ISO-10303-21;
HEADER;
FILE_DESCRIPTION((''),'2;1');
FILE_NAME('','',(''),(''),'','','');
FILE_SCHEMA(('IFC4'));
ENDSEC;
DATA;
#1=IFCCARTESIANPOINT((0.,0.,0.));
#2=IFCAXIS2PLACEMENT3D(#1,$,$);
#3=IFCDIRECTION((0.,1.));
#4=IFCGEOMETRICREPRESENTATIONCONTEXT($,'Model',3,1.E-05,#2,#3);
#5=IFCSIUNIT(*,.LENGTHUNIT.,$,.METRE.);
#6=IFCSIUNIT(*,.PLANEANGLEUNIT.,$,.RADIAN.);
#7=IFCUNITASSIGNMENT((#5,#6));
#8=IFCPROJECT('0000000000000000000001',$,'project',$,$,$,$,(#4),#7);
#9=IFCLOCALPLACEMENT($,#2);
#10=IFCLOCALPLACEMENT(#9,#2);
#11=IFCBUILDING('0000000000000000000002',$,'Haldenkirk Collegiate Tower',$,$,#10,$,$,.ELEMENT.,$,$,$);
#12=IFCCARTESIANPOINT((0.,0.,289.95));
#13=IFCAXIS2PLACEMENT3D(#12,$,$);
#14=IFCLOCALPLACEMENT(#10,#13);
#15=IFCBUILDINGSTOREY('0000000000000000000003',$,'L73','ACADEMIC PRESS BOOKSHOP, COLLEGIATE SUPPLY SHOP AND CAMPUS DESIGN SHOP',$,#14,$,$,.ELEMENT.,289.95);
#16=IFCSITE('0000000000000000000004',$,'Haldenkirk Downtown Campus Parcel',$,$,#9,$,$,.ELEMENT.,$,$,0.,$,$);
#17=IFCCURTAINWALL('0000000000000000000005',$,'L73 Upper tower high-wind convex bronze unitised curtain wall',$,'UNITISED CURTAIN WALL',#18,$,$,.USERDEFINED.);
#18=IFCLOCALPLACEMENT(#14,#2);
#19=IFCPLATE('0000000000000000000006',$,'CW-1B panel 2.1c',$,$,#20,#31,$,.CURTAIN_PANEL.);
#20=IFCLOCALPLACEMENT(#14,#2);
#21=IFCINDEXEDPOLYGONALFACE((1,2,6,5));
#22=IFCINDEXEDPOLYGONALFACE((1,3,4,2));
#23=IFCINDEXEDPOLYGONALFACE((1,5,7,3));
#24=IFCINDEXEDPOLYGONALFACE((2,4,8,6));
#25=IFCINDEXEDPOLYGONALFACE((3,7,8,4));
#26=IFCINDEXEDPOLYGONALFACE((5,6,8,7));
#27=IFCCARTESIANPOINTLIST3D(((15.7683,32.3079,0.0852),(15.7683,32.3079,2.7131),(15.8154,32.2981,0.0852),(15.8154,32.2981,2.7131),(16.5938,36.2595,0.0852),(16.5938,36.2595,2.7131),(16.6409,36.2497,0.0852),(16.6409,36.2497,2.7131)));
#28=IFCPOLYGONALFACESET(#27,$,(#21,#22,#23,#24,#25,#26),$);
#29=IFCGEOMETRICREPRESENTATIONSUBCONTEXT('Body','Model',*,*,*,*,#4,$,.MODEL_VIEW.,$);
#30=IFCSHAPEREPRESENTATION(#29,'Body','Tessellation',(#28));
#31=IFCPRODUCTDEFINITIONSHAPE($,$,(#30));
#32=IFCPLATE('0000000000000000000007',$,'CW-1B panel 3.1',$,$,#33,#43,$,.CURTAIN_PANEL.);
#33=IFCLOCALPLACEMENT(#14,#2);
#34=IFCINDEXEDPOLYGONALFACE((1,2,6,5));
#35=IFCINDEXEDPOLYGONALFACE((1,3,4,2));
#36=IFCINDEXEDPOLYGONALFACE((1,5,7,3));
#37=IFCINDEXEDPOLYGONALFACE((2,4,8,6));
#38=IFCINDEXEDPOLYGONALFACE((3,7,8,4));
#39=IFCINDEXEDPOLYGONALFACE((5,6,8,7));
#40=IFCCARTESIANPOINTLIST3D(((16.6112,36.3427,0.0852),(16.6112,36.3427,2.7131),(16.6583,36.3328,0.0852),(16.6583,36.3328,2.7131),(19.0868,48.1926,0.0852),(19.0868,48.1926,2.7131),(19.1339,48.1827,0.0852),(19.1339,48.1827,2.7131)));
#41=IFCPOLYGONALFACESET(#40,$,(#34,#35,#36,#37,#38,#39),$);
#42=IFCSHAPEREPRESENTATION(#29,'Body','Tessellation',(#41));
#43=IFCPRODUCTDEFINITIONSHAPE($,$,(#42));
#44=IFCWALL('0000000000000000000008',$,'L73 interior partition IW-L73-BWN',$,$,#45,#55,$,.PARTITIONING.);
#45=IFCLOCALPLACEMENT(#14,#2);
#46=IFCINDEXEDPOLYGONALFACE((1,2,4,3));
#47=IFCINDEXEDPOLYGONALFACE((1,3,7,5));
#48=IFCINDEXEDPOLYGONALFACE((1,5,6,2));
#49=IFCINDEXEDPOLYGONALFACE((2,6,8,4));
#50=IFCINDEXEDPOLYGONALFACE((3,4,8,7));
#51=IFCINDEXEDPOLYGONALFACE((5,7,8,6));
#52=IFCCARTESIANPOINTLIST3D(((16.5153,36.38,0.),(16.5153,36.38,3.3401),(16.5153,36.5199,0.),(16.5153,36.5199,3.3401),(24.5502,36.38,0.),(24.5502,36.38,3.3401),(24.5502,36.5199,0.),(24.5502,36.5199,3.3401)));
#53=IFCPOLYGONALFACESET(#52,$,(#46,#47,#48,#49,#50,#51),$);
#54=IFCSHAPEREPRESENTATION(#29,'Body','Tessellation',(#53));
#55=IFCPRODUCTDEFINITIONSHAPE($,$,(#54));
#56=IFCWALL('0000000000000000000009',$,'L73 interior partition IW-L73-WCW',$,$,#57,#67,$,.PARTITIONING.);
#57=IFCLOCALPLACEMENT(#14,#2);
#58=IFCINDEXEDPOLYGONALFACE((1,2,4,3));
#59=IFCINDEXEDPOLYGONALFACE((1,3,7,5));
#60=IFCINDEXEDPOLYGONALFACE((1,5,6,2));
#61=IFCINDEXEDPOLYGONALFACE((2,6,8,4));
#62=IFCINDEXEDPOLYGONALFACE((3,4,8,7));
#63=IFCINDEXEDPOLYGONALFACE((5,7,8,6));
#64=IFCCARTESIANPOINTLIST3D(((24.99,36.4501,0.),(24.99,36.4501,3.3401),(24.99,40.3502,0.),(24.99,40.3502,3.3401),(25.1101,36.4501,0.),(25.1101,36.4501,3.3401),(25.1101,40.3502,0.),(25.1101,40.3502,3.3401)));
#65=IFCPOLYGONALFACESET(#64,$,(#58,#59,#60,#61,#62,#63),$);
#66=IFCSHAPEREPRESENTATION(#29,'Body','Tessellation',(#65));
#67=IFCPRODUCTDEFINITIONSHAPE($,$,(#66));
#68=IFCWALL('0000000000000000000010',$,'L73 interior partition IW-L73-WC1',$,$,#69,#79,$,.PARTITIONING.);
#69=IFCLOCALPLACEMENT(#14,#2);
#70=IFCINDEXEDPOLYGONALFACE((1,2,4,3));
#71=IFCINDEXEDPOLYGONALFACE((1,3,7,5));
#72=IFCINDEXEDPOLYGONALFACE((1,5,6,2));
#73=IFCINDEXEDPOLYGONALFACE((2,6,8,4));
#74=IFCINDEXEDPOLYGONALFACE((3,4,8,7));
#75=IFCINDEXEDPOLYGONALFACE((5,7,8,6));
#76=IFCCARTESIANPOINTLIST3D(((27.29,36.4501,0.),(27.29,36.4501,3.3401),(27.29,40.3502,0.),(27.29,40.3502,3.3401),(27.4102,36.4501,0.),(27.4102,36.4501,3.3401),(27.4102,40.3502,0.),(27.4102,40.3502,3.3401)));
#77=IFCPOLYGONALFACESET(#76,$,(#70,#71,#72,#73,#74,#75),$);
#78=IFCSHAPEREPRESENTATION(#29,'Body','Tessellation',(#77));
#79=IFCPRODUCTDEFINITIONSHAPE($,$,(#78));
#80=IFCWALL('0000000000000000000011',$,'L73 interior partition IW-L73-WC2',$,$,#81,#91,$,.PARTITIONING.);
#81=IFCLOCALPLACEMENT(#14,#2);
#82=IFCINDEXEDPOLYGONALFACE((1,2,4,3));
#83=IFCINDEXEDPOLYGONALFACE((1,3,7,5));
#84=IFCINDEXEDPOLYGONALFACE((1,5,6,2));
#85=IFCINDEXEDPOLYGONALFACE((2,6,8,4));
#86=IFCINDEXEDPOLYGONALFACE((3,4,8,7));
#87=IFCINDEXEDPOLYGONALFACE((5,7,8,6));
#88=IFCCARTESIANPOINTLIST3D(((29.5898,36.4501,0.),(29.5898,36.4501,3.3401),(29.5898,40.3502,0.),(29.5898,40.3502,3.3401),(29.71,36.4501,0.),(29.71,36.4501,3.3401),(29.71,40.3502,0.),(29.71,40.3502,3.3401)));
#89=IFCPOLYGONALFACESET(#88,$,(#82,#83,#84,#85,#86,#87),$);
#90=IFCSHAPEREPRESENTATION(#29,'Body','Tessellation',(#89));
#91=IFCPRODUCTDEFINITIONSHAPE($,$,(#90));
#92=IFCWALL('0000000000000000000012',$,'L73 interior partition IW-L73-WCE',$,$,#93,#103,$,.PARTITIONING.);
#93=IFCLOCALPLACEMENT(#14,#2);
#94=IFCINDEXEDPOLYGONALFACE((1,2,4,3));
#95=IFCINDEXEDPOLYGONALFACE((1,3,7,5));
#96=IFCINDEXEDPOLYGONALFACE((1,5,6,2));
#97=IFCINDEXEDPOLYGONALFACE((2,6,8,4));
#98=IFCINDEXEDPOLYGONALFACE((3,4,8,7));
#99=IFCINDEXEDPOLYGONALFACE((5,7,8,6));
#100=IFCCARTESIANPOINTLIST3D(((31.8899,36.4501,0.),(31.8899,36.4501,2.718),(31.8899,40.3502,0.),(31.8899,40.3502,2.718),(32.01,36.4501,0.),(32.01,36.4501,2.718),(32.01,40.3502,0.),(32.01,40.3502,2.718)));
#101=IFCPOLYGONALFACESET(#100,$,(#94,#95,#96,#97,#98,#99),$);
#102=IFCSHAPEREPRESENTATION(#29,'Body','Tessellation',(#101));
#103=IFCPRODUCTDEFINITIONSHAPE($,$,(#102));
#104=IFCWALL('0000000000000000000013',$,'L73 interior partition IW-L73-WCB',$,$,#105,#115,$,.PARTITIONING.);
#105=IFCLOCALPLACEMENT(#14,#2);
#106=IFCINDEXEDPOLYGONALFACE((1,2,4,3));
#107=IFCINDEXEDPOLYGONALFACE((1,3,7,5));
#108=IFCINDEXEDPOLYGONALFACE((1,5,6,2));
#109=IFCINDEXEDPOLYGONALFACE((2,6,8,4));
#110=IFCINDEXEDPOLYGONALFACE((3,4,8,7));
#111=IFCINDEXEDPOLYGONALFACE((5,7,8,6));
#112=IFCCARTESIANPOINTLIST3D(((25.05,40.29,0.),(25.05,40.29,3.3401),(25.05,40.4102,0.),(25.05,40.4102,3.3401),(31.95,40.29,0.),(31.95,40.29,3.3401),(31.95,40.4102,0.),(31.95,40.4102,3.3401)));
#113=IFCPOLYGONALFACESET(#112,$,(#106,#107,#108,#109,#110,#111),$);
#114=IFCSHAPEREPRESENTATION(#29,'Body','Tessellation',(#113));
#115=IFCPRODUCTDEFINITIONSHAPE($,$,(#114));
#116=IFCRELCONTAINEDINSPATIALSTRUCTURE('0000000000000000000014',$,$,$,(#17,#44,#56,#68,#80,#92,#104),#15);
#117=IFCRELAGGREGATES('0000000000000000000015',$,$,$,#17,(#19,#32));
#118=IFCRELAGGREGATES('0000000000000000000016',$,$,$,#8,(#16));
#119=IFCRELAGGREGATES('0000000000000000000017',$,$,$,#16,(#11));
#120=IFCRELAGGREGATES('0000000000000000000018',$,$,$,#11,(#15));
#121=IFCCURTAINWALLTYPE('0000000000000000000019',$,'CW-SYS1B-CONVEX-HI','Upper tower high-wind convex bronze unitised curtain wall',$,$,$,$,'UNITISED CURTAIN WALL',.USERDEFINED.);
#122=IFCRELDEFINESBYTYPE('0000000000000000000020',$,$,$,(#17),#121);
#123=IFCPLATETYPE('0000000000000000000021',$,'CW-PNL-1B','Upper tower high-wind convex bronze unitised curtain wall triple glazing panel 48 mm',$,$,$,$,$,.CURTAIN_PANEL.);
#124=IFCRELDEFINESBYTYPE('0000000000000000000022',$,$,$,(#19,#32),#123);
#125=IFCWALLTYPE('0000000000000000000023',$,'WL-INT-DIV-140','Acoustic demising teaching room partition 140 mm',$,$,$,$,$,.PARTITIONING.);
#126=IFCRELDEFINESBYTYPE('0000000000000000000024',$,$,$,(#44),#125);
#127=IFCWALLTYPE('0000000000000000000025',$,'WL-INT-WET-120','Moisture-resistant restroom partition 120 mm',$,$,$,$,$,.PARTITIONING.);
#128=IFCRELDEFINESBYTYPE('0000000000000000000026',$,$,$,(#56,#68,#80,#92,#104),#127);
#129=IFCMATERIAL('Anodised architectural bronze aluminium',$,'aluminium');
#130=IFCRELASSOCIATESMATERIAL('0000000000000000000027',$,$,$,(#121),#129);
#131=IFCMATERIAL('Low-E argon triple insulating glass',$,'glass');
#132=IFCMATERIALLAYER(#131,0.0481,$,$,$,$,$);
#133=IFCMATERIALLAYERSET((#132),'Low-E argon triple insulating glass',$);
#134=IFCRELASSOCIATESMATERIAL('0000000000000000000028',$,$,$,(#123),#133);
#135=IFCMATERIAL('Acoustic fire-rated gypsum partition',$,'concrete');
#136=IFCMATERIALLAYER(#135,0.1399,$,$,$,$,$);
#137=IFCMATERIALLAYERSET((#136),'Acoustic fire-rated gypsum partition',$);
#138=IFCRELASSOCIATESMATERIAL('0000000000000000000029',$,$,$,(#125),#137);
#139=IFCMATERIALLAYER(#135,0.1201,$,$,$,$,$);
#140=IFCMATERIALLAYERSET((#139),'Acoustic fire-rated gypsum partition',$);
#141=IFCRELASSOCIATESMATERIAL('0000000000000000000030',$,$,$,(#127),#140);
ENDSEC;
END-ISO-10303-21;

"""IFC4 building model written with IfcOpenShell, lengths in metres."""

from ifc_helpers import new_model, si_unit, direction, frame, frame_2d, origin, origin_2d, place, context, subcontext, project, spatial, rectangle, extrude, source, transform, mapped, material, layer, layer_set, type_object, element, aggregate, save


model = new_model("IFC4")

# Units and contexts
model_context = context("Model", 3, precision=1e-05, world=origin(), true_north=direction((0.0, 1.0)))
body_context = subcontext(model_context, "Body", "Model", "MODEL_VIEW")
ifc_project = project(units=[si_unit("LENGTHUNIT", "METRE"), si_unit("PLANEANGLEUNIT", "RADIAN")], contexts=[model_context])

# Site, building, storey
site_placement = place(None, origin())
site = spatial("IfcSite", under=ifc_project, at=site_placement, Name="Haldenkirk Downtown Campus Parcel", CompositionType="ELEMENT", RefElevation=0.0)
building_placement = place(site_placement, origin())
building = spatial("IfcBuilding", under=site, at=building_placement, Name="Haldenkirk Collegiate Tower", CompositionType="ELEMENT")
storey_placement = place(building_placement, frame((0.0, 0.0, 289.95)))
storey = spatial("IfcBuildingStorey", under=building, at=storey_placement, Name="L73", Description="ACADEMIC PRESS BOOKSHOP, COLLEGIATE SUPPLY SHOP AND CAMPUS DESIGN SHOP", CompositionType="ELEMENT", Elevation=289.95)

# Curtain wall, plates
ifc_material_1 = material(Name="Anodised architectural bronze aluminium", Category="aluminium")
curtain_wall_type = type_object("IfcCurtainWallType", Name="CW-SYS1B-CONVEX-HI", Description="Upper tower high-wind convex bronze unitised curtain wall", ElementType="UNITISED CURTAIN WALL", PredefinedType="USERDEFINED", material=ifc_material_1)
curtain_wall_placement = place(storey_placement, origin())
curtain_wall = element("IfcCurtainWall", 1, at=curtain_wall_placement, inside=storey, type_object=curtain_wall_type, Name="L73 Upper tower high-wind convex bronze unitised curtain wall", ObjectType="UNITISED CURTAIN WALL", PredefinedType="USERDEFINED")
ifc_material_2 = material(Name="Low-E argon triple insulating glass", Category="glass")
ifc_layer_1 = layer(ifc_material_2, 0.0481)
ifc_layer_set_1 = layer_set([ifc_layer_1], Name="Low-E argon triple insulating glass")
plate_type = type_object("IfcPlateType", Name="CW-PNL-1B", Description="Upper tower high-wind convex bronze unitised curtain wall triple glazing panel 48 mm", PredefinedType="CURTAIN_PANEL", material=ifc_layer_set_1)
shared_shape_1 = source(origin(), body_context, "Body", "SweptSolid", [
    extrude(rectangle(XDim=4.0369, YDim=0.0481, at=origin_2d()), origin(), (0.0, 0.0, 1.0), 2.6279),
])
plate_1_placement = place(storey_placement, frame((16.2046, 34.2788, 0.0852), z_axis=(0.0, 0.0, 1.0), x_axis=(0.204499, 0.978867, 0.0)))
plate_1 = element("IfcPlate", 2, at=plate_1_placement, type_object=plate_type, Name="CW-1B panel 2.1c", PredefinedType="CURTAIN_PANEL", context=body_context, shape_type="MappedRepresentation", body=[
    mapped(shared_shape_1, transform((0.0, 0.0, 0.0), x_axis=(1.0, 0.0, 0.0), y_axis=(0.0, 1.0, 0.0), z_axis=(0.0, 0.0, 1.0), scale=1.0)),
])
shared_shape_2 = source(origin(), body_context, "Body", "SweptSolid", [
    extrude(rectangle(XDim=12.1057, YDim=0.0481, at=origin_2d()), origin(), (0.0, 0.0, 1.0), 2.6279),
])
plate_2_placement = place(storey_placement, frame((17.8726, 42.2627, 0.0852), z_axis=(0.0, 0.0, 1.0), x_axis=(0.204499, 0.978867, 0.0)))
plate_2 = element("IfcPlate", 3, at=plate_2_placement, type_object=plate_type, Name="CW-1B panel 3.1", PredefinedType="CURTAIN_PANEL", context=body_context, shape_type="MappedRepresentation", body=[
    mapped(shared_shape_2, transform((0.0, 0.0, 0.0), x_axis=(1.0, 0.0, 0.0), y_axis=(0.0, 1.0, 0.0), z_axis=(0.0, 0.0, 1.0), scale=1.0)),
])
aggregate(curtain_wall, [plate_1, plate_2])

# Shared definitions
ifc_material_3 = material(Name="Acoustic fire-rated gypsum partition", Category="concrete")

# Walls
ifc_layer_2 = layer(ifc_material_3, 0.1399)
ifc_layer_set_2 = layer_set([ifc_layer_2], Name="Acoustic fire-rated gypsum partition")
wall_type_1 = type_object("IfcWallType", Name="WL-INT-DIV-140", Description="Acoustic demising teaching room partition 140 mm", PredefinedType="PARTITIONING", material=ifc_layer_set_2)
wall_1_placement = place(storey_placement, frame((16.5151, 36.45, 0.0), z_axis=(0.0, 0.0, 1.0), x_axis=(1.0, 0.0, 0.0)))
element("IfcWall", 4, at=wall_1_placement, inside=storey, type_object=wall_type_1, Name="L73 interior partition IW-L73-BWN", PredefinedType="PARTITIONING", context=body_context, shape_type="SweptSolid", body=[
    extrude(rectangle(XDim=8.0349, YDim=0.1399, at=frame_2d((4.0176, 0.0))), origin(), (0.0, 0.0, 1.0), 3.3401),
])
ifc_layer_3 = layer(ifc_material_3, 0.1201)
ifc_layer_set_3 = layer_set([ifc_layer_3], Name="Acoustic fire-rated gypsum partition")
wall_type_2 = type_object("IfcWallType", Name="WL-INT-WET-120", Description="Moisture-resistant restroom partition 120 mm", PredefinedType="PARTITIONING", material=ifc_layer_set_3)
for number, where, z_axis, x_axis, name in (
    (5, (25.05, 36.45, 0.0), (0.0, 0.0, 1.0), (0.0, 1.0, 0.0), "L73 interior partition IW-L73-WCW"),
    (6, (27.3501, 36.45, 0.0), (0.0, 0.0, 1.0), (0.0, 1.0, 0.0), "L73 interior partition IW-L73-WC1"),
    (7, (29.6499, 36.45, 0.0), (0.0, 0.0, 1.0), (0.0, 1.0, 0.0), "L73 interior partition IW-L73-WC2"),
):
    element("IfcWall", number, at=place(storey_placement, frame(where, z_axis=z_axis, x_axis=x_axis)), inside=storey, type_object=wall_type_2, Name=name, PredefinedType="PARTITIONING", context=body_context, shape_type="SweptSolid", body=[
        extrude(rectangle(XDim=3.9001, YDim=0.1201, at=frame_2d((1.9502, 0.0))), origin(), (0.0, 0.0, 1.0), 3.3401),
    ])
wall_2_placement = place(storey_placement, frame((31.95, 36.45, 0.0), z_axis=(0.0, 0.0, 1.0), x_axis=(0.0, 1.0, 0.0)))
element("IfcWall", 8, at=wall_2_placement, inside=storey, type_object=wall_type_2, Name="L73 interior partition IW-L73-WCE", PredefinedType="PARTITIONING", context=body_context, shape_type="SweptSolid", body=[
    extrude(rectangle(XDim=3.9001, YDim=0.1201, at=frame_2d((1.9502, 0.0))), origin(), (0.0, 0.0, 1.0), 2.718),
])
wall_3_placement = place(storey_placement, frame((25.05, 40.3501, 0.0), z_axis=(0.0, 0.0, 1.0), x_axis=(1.0, 0.0, 0.0)))
element("IfcWall", 9, at=wall_3_placement, inside=storey, type_object=wall_type_2, Name="L73 interior partition IW-L73-WCB", PredefinedType="PARTITIONING", context=body_context, shape_type="SweptSolid", body=[
    extrude(rectangle(XDim=6.8999, YDim=0.1201, at=frame_2d((3.45, 0.0))), origin(), (0.0, 0.0, 1.0), 3.3401),
])

save(model, "model.ifc")
